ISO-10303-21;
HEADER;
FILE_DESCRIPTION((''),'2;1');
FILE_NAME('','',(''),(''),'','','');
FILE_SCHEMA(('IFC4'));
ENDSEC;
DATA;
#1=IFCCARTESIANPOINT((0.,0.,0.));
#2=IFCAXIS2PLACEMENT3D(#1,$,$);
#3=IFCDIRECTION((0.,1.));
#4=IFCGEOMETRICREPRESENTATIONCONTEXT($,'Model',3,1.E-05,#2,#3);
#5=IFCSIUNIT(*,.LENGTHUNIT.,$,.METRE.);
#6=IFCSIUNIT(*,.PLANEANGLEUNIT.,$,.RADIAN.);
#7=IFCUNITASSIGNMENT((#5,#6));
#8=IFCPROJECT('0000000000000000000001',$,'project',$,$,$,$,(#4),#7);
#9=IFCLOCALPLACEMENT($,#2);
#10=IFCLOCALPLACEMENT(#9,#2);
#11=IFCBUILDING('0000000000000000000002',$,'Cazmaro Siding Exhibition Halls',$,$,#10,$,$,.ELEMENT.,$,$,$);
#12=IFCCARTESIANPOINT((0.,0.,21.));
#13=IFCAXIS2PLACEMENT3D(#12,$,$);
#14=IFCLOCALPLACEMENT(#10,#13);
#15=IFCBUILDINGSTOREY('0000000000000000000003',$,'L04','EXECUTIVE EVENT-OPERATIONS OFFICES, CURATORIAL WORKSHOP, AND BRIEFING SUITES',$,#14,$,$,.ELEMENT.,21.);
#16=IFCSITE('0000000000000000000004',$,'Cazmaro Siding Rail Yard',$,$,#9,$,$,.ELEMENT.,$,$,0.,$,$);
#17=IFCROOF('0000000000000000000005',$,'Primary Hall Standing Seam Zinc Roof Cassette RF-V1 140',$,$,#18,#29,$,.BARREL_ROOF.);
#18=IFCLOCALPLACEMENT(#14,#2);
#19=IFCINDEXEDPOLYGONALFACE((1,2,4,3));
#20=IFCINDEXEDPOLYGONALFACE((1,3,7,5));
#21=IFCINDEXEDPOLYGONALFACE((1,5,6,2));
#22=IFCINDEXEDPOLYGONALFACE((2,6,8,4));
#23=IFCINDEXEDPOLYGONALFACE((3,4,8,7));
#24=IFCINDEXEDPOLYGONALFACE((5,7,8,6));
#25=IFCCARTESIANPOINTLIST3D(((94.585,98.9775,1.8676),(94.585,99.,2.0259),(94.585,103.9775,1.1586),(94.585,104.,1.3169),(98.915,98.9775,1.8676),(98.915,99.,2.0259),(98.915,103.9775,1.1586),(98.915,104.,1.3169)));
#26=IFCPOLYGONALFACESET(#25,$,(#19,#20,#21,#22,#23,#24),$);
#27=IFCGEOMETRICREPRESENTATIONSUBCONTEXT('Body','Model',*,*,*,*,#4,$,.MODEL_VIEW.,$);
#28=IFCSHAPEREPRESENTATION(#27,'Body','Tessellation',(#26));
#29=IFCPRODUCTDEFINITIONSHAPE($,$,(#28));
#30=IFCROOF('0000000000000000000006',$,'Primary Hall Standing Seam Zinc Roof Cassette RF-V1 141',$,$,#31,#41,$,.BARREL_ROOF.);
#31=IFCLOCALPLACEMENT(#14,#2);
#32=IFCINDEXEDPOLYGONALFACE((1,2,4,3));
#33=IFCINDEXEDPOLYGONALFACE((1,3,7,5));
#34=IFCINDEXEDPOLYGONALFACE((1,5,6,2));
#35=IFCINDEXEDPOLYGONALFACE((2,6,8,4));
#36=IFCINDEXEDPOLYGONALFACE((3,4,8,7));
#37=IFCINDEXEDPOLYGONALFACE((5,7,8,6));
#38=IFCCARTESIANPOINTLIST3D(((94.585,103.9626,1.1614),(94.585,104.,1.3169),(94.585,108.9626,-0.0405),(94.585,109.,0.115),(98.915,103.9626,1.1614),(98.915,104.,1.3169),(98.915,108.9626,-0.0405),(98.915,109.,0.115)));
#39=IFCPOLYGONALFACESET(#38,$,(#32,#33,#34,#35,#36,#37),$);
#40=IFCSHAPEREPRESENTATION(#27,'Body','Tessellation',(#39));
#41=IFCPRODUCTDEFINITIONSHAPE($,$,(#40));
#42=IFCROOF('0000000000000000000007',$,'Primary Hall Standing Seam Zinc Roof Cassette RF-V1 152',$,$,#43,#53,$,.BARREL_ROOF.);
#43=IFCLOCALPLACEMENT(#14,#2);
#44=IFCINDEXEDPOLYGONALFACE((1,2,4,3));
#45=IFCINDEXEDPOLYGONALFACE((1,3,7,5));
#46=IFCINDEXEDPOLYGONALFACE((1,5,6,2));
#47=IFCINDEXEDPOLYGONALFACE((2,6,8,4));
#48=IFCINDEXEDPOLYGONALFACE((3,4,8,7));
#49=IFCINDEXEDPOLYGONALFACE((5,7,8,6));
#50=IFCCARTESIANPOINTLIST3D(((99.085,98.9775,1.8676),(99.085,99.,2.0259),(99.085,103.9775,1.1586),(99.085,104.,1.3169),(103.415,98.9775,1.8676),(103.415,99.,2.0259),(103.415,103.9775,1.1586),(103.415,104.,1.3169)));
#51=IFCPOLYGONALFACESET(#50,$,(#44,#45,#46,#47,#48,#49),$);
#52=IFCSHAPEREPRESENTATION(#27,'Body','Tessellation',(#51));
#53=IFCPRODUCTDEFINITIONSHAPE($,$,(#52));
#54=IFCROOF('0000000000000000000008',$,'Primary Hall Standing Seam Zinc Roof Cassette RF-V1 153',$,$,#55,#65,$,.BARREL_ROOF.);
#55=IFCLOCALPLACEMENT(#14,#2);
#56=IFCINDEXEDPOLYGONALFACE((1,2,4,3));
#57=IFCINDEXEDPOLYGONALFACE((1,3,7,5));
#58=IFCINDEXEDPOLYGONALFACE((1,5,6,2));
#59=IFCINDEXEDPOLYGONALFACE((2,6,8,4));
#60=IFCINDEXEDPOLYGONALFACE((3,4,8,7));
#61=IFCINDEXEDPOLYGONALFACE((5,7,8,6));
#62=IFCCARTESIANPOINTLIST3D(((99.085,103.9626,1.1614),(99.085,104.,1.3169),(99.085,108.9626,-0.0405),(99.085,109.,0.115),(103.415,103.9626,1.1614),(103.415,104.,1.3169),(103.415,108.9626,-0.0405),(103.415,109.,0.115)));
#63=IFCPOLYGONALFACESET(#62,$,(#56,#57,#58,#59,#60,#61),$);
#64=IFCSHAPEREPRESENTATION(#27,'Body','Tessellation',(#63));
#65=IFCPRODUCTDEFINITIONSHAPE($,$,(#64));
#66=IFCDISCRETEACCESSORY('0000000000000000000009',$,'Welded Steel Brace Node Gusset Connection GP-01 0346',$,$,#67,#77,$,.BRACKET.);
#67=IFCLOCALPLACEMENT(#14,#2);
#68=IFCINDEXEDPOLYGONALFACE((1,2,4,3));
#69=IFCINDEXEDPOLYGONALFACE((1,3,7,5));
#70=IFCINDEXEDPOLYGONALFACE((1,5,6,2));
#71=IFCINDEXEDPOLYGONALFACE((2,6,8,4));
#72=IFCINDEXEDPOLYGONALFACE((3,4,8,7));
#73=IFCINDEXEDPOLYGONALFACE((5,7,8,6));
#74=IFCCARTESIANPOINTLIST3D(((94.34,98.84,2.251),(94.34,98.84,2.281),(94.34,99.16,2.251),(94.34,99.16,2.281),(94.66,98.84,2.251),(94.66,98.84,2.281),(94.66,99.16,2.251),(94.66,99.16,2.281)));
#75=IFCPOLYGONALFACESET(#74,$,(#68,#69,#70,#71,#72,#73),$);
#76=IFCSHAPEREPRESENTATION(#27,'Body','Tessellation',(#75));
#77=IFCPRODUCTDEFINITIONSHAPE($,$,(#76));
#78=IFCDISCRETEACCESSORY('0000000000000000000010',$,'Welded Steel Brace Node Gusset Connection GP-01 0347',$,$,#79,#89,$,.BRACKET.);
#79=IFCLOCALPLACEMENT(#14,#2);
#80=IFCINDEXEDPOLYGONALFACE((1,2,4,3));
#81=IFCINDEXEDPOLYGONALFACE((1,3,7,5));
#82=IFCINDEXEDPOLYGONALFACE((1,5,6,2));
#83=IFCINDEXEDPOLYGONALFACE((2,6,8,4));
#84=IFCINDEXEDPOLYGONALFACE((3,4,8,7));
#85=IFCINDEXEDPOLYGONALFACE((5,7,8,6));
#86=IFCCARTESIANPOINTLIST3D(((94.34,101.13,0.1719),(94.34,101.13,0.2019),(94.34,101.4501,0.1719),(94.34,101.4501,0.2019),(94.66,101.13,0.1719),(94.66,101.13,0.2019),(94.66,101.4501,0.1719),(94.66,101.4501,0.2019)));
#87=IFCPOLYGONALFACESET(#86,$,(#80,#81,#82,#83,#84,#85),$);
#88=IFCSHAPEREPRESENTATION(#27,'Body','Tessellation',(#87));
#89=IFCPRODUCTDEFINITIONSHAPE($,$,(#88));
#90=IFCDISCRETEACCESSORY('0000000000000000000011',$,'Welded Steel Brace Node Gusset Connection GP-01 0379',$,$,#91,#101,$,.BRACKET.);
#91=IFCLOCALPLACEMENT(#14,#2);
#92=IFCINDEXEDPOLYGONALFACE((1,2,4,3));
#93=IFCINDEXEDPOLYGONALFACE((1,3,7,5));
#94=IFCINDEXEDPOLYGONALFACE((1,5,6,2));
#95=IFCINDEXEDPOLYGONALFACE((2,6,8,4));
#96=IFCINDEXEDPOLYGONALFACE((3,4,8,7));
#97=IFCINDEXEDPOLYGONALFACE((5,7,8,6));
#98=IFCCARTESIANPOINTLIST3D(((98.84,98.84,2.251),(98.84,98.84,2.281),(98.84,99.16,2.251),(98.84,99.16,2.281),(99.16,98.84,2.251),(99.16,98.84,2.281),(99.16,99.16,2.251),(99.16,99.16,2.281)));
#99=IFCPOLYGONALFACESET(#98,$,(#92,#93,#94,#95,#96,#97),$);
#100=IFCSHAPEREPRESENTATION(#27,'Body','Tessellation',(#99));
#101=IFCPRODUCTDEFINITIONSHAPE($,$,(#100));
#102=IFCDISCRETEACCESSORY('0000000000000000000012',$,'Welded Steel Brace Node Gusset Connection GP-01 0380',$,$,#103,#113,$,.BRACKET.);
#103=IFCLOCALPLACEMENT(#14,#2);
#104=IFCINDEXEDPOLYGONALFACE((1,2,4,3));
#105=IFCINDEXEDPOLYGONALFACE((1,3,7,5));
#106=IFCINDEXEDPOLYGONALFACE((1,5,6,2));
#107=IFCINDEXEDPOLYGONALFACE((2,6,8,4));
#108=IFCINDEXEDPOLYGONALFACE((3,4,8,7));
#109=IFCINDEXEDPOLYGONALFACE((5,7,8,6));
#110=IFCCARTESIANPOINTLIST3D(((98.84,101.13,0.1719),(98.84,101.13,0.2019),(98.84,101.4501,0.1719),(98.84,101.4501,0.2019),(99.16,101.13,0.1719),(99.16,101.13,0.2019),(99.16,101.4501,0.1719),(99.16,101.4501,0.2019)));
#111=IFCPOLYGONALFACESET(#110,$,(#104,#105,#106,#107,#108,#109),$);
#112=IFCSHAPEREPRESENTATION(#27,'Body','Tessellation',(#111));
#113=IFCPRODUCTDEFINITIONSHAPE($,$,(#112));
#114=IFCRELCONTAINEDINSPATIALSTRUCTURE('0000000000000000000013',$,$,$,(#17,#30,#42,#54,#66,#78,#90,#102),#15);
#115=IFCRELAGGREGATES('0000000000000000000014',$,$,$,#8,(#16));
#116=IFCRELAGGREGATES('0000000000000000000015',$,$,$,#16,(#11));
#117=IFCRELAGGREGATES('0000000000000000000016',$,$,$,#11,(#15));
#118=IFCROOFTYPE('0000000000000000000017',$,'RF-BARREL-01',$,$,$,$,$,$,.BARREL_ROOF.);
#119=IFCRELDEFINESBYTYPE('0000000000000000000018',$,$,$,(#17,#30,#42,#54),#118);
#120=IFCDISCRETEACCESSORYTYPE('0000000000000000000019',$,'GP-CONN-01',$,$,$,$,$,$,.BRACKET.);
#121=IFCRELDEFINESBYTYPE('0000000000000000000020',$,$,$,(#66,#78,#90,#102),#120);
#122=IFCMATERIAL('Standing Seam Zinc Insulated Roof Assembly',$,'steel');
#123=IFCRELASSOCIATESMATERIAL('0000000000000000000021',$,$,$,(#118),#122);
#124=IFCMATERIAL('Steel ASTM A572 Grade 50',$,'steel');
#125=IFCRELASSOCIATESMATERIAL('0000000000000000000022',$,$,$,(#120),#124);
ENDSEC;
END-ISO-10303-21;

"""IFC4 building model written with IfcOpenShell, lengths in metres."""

from ifc_helpers import new_model, si_unit, direction, frame, origin, origin_2d, place, context, subcontext, project, spatial, polyline, rectangle, outline, extrude, material, type_object, element, save


model = new_model("IFC4")

# Units and contexts
model_context = context("Model", 3, precision=1e-05, world=origin(), true_north=direction((0.0, 1.0)))
body_context = subcontext(model_context, "Body", "Model", "MODEL_VIEW")
ifc_project = project(units=[si_unit("LENGTHUNIT", "METRE"), si_unit("PLANEANGLEUNIT", "RADIAN")], contexts=[model_context])

# Site, building, storey
site_placement = place(None, origin())
site = spatial("IfcSite", under=ifc_project, at=site_placement, Name="Cazmaro Siding Rail Yard", CompositionType="ELEMENT", RefElevation=0.0)
building_placement = place(site_placement, origin())
building = spatial("IfcBuilding", under=site, at=building_placement, Name="Cazmaro Siding Exhibition Halls", CompositionType="ELEMENT")
storey_placement = place(building_placement, frame((0.0, 0.0, 21.0)))
storey = spatial("IfcBuildingStorey", under=building, at=storey_placement, Name="L04", Description="EXECUTIVE EVENT-OPERATIONS OFFICES, CURATORIAL WORKSHOP, AND BRIEFING SUITES", CompositionType="ELEMENT", Elevation=21.0)

# Roofs
ifc_material_1 = material(Name="Standing Seam Zinc Insulated Roof Assembly", Category="steel")
roof_type = type_object("IfcRoofType", Name="RF-BARREL-01", PredefinedType="BARREL_ROOF", material=ifc_material_1)
roof_1_placement = place(storey_placement, frame((94.585, 99.0, 2.0259), z_axis=(0.0, 0.140393, 0.990096), x_axis=(1.0, 0.0, 0.0)))
element("IfcRoof", 1, at=roof_1_placement, inside=storey, type_object=roof_type, Name="Primary Hall Standing Seam Zinc Roof Cassette RF-V1 140", PredefinedType="BARREL_ROOF", context=body_context, shape_type="SweptSolid", body=[
    extrude(outline(polyline([(0.0, 0.0), (4.3301, 0.0), (4.3301, 5.05), (0.0, 5.05), (0.0, 0.0)])), origin(), (0.0, 0.0, -1.0), 0.1599),
])
roof_2_placement = place(storey_placement, frame((94.585, 104.0, 1.3169), z_axis=(0.0, 0.233723, 0.972303), x_axis=(1.0, 0.0, 0.0)))
element("IfcRoof", 2, at=roof_2_placement, inside=storey, type_object=roof_type, Name="Primary Hall Standing Seam Zinc Roof Cassette RF-V1 141", PredefinedType="BARREL_ROOF", context=body_context, shape_type="SweptSolid", body=[
    extrude(outline(polyline([(0.0, 0.0), (4.3301, 0.0), (4.3301, 5.1424), (0.0, 5.1424), (0.0, 0.0)])), origin(), (0.0, 0.0, -1.0), 0.1599),
])
roof_3_placement = place(storey_placement, frame((99.085, 99.0, 2.0259), z_axis=(0.0, 0.140393, 0.990096), x_axis=(1.0, 0.0, 0.0)))
element("IfcRoof", 3, at=roof_3_placement, inside=storey, type_object=roof_type, Name="Primary Hall Standing Seam Zinc Roof Cassette RF-V1 152", PredefinedType="BARREL_ROOF", context=body_context, shape_type="SweptSolid", body=[
    extrude(outline(polyline([(0.0, 0.0), (4.3301, 0.0), (4.3301, 5.05), (0.0, 5.05), (0.0, 0.0)])), origin(), (0.0, 0.0, -1.0), 0.1599),
])
roof_4_placement = place(storey_placement, frame((99.085, 104.0, 1.3169), z_axis=(0.0, 0.233723, 0.972303), x_axis=(1.0, 0.0, 0.0)))
element("IfcRoof", 4, at=roof_4_placement, inside=storey, type_object=roof_type, Name="Primary Hall Standing Seam Zinc Roof Cassette RF-V1 153", PredefinedType="BARREL_ROOF", context=body_context, shape_type="SweptSolid", body=[
    extrude(outline(polyline([(0.0, 0.0), (4.3301, 0.0), (4.3301, 5.1424), (0.0, 5.1424), (0.0, 0.0)])), origin(), (0.0, 0.0, -1.0), 0.1599),
])

# Discrete accessories
ifc_material_2 = material(Name="Steel ASTM A572 Grade 50", Category="steel")
discrete_accessory_type = type_object("IfcDiscreteAccessoryType", Name="GP-CONN-01", PredefinedType="BRACKET", material=ifc_material_2)
for number, where, z_axis, x_axis, name in (
    (5, (94.5, 99.0, 2.251), (0.0, 0.0, 1.0), (1.0, 0.0, 0.0), "Welded Steel Brace Node Gusset Connection GP-01 0346"),
    (6, (94.5, 101.29, 0.1719), (0.0, 0.0, 1.0), (1.0, 0.0, 0.0), "Welded Steel Brace Node Gusset Connection GP-01 0347"),
    (7, (99.0, 99.0, 2.251), (0.0, 0.0, 1.0), (1.0, 0.0, 0.0), "Welded Steel Brace Node Gusset Connection GP-01 0379"),
    (8, (99.0, 101.29, 0.1719), (0.0, 0.0, 1.0), (1.0, 0.0, 0.0), "Welded Steel Brace Node Gusset Connection GP-01 0380"),
):
    element("IfcDiscreteAccessory", number, at=place(storey_placement, frame(where, z_axis=z_axis, x_axis=x_axis)), inside=storey, type_object=discrete_accessory_type, Name=name, PredefinedType="BRACKET", context=body_context, shape_type="SweptSolid", body=[
        extrude(rectangle(XDim=0.3201, YDim=0.3201, at=origin_2d()), origin(), (0.0, 0.0, 1.0), 0.03),
    ])

save(model, "model.ifc")
